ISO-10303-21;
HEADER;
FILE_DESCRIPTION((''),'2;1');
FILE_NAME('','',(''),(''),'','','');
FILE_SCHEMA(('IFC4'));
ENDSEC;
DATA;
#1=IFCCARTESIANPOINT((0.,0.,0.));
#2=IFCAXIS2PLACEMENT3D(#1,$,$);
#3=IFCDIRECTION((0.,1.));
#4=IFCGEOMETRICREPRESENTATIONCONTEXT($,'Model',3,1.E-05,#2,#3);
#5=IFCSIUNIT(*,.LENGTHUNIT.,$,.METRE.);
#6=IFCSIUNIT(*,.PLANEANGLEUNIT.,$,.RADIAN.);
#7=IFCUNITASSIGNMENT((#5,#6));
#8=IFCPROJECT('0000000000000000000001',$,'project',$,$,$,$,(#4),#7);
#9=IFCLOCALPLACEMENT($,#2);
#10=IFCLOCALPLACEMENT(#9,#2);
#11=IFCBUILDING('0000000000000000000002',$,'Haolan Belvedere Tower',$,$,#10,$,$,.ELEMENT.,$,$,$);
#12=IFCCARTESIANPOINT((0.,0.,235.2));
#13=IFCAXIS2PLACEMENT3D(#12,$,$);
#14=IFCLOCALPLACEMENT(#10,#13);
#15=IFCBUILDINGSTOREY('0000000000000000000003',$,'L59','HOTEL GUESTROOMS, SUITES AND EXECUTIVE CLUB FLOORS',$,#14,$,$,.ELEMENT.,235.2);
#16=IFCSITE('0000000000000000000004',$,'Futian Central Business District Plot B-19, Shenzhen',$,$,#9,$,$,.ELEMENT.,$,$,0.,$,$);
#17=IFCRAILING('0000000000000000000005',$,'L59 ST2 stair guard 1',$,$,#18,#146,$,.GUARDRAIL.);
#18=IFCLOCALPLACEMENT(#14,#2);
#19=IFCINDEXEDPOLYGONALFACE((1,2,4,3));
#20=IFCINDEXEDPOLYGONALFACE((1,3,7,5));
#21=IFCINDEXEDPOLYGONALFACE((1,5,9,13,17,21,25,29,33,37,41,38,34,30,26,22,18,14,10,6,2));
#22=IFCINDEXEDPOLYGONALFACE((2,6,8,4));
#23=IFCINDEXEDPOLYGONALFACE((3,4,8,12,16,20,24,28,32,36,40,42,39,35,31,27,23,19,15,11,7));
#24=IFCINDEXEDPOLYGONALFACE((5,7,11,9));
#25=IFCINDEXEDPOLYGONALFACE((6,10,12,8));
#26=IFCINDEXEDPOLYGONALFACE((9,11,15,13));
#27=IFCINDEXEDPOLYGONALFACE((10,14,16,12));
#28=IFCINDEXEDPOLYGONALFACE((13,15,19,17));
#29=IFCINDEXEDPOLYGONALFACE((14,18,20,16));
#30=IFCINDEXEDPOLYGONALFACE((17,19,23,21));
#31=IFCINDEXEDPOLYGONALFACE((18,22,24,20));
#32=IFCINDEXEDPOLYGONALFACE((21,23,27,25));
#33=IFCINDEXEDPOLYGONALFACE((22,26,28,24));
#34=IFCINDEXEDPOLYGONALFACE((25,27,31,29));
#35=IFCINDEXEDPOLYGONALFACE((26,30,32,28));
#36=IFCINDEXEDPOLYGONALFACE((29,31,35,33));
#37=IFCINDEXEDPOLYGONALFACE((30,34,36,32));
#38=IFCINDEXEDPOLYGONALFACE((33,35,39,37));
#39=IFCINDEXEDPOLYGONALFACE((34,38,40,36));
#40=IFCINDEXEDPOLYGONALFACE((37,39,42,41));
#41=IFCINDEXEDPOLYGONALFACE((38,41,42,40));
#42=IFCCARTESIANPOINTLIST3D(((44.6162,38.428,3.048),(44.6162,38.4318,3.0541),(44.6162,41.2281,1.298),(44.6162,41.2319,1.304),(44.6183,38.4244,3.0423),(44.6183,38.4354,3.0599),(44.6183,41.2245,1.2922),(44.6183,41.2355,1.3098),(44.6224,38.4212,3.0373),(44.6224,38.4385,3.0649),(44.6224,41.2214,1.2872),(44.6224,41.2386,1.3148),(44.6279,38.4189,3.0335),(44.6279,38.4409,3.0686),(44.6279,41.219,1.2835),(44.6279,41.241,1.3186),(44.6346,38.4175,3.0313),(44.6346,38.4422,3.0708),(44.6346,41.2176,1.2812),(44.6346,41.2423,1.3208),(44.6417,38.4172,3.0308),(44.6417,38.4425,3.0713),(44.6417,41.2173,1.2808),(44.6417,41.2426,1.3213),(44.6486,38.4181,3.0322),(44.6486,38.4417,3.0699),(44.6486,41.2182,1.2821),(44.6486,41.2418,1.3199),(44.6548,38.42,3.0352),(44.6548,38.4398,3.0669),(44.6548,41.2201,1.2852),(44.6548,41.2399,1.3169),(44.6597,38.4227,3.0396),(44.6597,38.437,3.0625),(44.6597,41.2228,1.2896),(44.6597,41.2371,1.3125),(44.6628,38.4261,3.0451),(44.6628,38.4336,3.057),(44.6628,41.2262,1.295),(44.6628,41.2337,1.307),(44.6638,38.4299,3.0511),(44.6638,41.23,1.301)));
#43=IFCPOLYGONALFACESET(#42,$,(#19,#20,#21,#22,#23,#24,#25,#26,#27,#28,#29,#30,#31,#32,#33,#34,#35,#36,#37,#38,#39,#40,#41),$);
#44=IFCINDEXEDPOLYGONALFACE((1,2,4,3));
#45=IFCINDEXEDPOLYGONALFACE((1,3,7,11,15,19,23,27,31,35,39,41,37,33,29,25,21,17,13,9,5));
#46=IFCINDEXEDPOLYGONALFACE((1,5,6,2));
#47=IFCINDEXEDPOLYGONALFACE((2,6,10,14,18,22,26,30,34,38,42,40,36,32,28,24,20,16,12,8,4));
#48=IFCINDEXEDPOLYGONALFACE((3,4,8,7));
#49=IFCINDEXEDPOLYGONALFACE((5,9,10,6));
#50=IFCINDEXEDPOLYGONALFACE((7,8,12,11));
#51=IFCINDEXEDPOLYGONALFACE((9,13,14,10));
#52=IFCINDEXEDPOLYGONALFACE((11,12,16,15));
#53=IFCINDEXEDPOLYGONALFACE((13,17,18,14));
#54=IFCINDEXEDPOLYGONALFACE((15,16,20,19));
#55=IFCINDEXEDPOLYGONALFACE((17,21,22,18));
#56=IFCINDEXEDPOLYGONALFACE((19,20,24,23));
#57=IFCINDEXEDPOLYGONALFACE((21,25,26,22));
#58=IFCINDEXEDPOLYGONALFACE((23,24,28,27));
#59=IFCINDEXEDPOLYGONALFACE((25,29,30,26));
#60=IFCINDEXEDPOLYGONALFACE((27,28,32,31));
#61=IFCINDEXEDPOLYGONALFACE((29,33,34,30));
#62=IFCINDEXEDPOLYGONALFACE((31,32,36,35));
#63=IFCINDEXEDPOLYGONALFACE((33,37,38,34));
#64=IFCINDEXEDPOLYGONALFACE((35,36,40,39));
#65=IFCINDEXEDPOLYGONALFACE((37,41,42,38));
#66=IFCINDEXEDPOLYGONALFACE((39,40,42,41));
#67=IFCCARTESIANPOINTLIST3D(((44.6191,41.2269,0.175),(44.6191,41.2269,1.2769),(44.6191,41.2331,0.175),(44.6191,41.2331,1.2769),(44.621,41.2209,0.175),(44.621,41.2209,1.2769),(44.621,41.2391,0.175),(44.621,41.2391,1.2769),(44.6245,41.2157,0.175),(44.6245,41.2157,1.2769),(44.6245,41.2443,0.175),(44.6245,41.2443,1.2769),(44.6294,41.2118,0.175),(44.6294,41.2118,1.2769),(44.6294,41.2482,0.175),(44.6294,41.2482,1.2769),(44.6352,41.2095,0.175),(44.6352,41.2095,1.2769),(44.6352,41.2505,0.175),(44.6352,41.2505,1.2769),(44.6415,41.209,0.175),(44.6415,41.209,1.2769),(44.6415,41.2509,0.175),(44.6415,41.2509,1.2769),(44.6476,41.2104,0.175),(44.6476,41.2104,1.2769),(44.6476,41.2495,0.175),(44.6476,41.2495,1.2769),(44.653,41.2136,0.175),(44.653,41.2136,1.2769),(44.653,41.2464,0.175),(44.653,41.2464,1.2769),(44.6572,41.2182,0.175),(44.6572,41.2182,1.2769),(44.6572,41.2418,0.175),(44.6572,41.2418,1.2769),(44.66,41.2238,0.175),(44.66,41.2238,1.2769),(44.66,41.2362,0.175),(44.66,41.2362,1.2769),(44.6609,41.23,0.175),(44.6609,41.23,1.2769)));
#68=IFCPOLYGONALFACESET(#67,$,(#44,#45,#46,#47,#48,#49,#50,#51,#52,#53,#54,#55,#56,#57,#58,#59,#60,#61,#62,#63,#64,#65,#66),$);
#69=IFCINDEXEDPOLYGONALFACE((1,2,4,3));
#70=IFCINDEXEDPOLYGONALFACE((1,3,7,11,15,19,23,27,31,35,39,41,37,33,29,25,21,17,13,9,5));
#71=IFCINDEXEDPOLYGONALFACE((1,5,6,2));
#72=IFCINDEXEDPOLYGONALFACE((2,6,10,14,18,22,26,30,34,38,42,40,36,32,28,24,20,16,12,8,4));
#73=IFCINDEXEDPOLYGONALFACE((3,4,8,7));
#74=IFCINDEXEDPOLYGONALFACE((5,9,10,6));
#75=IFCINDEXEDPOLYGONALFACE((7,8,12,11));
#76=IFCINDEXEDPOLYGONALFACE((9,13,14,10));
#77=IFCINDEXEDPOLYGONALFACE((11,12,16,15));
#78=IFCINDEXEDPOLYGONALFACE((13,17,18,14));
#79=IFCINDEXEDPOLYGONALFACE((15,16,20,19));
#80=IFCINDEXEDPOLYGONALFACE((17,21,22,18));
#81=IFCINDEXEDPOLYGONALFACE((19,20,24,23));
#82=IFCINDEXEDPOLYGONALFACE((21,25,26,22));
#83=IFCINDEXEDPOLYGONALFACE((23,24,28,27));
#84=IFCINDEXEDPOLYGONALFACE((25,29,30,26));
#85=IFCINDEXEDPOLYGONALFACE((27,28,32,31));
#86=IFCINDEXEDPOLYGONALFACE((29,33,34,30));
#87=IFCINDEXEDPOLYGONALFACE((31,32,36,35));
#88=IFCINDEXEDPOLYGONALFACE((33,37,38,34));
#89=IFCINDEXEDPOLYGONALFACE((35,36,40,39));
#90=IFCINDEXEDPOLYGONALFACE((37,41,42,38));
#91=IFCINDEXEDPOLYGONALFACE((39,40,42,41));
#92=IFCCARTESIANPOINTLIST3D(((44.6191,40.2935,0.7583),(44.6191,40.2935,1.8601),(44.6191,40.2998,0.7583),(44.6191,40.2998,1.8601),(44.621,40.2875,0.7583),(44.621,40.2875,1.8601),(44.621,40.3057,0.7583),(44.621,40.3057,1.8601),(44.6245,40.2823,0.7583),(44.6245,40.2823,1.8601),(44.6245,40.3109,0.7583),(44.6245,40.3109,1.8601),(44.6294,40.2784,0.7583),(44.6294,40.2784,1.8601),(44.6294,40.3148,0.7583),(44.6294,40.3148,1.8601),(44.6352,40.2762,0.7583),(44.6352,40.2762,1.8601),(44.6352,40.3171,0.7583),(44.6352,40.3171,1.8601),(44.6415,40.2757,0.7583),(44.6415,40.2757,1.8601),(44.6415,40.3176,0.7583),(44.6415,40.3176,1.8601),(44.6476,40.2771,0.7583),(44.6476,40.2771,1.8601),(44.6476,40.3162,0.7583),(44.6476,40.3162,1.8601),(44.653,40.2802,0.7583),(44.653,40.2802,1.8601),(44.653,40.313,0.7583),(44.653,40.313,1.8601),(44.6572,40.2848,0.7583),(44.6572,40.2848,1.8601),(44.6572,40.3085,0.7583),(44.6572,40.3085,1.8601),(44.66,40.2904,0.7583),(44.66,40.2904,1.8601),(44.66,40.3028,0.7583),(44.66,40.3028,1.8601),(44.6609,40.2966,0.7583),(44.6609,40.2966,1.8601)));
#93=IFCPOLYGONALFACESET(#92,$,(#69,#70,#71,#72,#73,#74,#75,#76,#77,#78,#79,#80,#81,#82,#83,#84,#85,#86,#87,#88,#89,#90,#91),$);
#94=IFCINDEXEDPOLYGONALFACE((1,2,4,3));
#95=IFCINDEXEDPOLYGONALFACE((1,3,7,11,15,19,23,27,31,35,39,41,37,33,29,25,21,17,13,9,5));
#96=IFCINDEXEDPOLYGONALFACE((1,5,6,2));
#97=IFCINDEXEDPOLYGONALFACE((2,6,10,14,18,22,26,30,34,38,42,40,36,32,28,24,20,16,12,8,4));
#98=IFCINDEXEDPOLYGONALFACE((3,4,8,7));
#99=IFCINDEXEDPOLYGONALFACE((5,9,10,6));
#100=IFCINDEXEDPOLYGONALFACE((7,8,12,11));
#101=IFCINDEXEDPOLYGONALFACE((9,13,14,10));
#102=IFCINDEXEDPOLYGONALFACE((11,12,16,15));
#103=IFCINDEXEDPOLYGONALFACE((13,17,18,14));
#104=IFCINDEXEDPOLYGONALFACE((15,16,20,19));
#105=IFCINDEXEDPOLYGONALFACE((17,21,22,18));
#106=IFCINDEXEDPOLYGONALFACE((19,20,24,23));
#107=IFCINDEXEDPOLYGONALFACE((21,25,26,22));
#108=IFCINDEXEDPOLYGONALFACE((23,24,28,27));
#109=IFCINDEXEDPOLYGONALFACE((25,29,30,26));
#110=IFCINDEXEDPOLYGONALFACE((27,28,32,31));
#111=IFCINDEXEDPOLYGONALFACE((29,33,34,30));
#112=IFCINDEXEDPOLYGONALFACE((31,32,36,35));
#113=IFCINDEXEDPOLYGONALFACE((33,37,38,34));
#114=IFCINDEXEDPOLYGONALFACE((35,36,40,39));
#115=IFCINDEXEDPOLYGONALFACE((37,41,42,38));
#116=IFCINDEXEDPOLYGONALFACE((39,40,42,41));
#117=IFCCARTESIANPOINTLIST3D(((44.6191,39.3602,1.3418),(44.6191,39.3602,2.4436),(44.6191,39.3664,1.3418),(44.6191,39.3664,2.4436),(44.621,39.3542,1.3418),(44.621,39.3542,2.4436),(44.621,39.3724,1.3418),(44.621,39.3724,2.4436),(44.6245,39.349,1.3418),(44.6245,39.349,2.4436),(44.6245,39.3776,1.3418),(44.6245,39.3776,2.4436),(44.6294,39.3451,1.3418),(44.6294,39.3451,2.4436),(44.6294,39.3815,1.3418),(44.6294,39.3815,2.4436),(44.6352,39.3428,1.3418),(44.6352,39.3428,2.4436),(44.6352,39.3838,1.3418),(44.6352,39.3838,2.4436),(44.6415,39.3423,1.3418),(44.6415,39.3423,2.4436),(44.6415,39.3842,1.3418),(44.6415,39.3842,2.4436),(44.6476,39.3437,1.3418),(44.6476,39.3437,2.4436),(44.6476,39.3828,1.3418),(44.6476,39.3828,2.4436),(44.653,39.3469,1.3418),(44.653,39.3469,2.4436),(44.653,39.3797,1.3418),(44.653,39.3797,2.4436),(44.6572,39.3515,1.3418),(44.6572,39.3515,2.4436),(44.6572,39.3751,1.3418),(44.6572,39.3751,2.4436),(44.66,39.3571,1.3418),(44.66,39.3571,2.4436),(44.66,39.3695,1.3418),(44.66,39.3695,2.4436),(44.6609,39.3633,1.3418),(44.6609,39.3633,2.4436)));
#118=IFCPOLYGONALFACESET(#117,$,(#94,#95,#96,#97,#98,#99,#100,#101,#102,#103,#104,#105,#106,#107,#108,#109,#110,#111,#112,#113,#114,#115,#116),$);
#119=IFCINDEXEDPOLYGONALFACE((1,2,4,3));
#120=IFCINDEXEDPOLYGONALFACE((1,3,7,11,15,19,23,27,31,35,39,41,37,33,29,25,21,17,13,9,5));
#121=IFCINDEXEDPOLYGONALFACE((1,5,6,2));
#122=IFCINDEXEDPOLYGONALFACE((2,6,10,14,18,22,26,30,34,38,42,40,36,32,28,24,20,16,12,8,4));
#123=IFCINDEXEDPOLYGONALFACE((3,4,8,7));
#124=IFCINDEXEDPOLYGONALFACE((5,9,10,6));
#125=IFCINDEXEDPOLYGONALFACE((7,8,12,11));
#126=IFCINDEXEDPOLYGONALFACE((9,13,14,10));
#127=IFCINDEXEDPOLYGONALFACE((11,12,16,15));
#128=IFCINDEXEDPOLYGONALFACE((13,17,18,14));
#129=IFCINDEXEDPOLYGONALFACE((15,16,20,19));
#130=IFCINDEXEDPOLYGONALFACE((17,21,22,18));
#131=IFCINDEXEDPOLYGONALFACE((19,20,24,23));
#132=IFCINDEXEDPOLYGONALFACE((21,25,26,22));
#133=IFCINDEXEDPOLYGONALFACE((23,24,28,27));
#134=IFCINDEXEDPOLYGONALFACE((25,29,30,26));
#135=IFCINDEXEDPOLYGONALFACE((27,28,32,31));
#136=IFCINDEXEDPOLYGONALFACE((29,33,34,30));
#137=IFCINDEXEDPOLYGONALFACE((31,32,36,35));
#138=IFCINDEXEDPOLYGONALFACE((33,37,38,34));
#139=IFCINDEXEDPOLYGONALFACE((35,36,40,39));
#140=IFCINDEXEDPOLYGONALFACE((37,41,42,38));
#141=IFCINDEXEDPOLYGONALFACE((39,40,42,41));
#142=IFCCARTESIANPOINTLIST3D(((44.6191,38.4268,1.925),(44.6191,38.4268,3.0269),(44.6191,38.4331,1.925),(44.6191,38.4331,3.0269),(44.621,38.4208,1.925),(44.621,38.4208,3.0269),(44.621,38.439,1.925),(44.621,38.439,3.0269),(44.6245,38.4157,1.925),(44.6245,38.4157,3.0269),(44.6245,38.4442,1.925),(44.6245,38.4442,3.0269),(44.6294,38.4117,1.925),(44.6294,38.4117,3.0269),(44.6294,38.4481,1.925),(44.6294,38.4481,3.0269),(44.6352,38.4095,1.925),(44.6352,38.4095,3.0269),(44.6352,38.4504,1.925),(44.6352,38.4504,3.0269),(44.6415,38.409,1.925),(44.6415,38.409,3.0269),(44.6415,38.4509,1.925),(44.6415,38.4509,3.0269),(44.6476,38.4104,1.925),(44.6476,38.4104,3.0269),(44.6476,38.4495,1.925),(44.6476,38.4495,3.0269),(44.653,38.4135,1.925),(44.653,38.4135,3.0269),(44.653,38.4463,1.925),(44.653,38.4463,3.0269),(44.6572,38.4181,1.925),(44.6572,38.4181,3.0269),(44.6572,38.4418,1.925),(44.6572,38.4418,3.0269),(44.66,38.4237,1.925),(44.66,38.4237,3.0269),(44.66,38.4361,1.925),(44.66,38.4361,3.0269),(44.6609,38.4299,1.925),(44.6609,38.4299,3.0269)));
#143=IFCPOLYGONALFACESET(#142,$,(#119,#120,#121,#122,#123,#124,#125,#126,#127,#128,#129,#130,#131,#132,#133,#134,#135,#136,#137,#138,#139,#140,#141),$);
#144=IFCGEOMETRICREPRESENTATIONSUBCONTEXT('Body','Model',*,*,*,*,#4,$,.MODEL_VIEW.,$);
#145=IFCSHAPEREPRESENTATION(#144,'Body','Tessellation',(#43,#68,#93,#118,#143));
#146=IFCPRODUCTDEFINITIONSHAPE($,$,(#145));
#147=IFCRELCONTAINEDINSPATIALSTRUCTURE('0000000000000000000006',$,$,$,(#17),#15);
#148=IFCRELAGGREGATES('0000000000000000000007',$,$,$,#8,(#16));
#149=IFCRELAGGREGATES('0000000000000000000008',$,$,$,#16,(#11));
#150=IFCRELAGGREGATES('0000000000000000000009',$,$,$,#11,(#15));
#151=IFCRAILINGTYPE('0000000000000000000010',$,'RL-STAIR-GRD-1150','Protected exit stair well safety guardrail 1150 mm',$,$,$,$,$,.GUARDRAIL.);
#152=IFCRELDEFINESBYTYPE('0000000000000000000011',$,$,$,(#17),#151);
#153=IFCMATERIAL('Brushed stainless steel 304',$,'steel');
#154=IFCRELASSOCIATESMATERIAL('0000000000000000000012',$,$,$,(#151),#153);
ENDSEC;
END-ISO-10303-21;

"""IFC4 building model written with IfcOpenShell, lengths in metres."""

from ifc_helpers import new_model, si_unit, direction, frame, origin, origin_2d, place, context, subcontext, project, spatial, circle, extrude, material, type_object, element, save


model = new_model("IFC4")

# Units and contexts
model_context = context("Model", 3, precision=1e-05, world=origin(), true_north=direction((0.0, 1.0)))
body_context = subcontext(model_context, "Body", "Model", "MODEL_VIEW")
ifc_project = project(units=[si_unit("LENGTHUNIT", "METRE"), si_unit("PLANEANGLEUNIT", "RADIAN")], contexts=[model_context])

# Site, building, storey
site_placement = place(None, origin())
site = spatial("IfcSite", under=ifc_project, at=site_placement, Name="Futian Central Business District Plot B-19, Shenzhen", CompositionType="ELEMENT", RefElevation=0.0)
building_placement = place(site_placement, origin())
building = spatial("IfcBuilding", under=site, at=building_placement, Name="Haolan Belvedere Tower", CompositionType="ELEMENT")
storey_placement = place(building_placement, frame((0.0, 0.0, 235.2)))
storey = spatial("IfcBuildingStorey", under=building, at=storey_placement, Name="L59", Description="HOTEL GUESTROOMS, SUITES AND EXECUTIVE CLUB FLOORS", CompositionType="ELEMENT", Elevation=235.2)

# Railing
ifc_material_1 = material(Name="Brushed stainless steel 304", Category="steel")
railing_type_1 = type_object("IfcRailingType", Name="RL-STAIR-GRD-1150", Description="Protected exit stair well safety guardrail 1150 mm", PredefinedType="GUARDRAIL", material=ifc_material_1)
railing_1_placement = place(storey_placement, frame((44.6399, 41.23, 0.175)))
element("IfcRailing", 1, at=railing_1_placement, inside=storey, type_object=railing_type_1, Name="L59 ST2 stair guard 1", PredefinedType="GUARDRAIL", context=body_context, shape_type="SweptSolid", body=[
    extrude(circle(Radius=0.0239, at=origin_2d()), frame((0.0, 0.0, 1.126), z_axis=(0.0, -0.848002, 0.529992), x_axis=(1.0, 0.0, 0.0)), (0.0, 0.0, 1.0), 3.302),
    extrude(circle(Radius=0.021, at=origin_2d()), origin(), (0.0, 0.0, 1.0), 1.1018),
    extrude(circle(Radius=0.021, at=origin_2d()), frame((0.0, -0.9333, 0.5833)), (0.0, 0.0, 1.0), 1.1018),
    extrude(circle(Radius=0.021, at=origin_2d()), frame((0.0, -1.8667, 1.1667)), (0.0, 0.0, 1.0), 1.1018),
    extrude(circle(Radius=0.021, at=origin_2d()), frame((0.0, -2.8, 1.75)), (0.0, 0.0, 1.0), 1.1018),
])

save(model, "model.ifc")
